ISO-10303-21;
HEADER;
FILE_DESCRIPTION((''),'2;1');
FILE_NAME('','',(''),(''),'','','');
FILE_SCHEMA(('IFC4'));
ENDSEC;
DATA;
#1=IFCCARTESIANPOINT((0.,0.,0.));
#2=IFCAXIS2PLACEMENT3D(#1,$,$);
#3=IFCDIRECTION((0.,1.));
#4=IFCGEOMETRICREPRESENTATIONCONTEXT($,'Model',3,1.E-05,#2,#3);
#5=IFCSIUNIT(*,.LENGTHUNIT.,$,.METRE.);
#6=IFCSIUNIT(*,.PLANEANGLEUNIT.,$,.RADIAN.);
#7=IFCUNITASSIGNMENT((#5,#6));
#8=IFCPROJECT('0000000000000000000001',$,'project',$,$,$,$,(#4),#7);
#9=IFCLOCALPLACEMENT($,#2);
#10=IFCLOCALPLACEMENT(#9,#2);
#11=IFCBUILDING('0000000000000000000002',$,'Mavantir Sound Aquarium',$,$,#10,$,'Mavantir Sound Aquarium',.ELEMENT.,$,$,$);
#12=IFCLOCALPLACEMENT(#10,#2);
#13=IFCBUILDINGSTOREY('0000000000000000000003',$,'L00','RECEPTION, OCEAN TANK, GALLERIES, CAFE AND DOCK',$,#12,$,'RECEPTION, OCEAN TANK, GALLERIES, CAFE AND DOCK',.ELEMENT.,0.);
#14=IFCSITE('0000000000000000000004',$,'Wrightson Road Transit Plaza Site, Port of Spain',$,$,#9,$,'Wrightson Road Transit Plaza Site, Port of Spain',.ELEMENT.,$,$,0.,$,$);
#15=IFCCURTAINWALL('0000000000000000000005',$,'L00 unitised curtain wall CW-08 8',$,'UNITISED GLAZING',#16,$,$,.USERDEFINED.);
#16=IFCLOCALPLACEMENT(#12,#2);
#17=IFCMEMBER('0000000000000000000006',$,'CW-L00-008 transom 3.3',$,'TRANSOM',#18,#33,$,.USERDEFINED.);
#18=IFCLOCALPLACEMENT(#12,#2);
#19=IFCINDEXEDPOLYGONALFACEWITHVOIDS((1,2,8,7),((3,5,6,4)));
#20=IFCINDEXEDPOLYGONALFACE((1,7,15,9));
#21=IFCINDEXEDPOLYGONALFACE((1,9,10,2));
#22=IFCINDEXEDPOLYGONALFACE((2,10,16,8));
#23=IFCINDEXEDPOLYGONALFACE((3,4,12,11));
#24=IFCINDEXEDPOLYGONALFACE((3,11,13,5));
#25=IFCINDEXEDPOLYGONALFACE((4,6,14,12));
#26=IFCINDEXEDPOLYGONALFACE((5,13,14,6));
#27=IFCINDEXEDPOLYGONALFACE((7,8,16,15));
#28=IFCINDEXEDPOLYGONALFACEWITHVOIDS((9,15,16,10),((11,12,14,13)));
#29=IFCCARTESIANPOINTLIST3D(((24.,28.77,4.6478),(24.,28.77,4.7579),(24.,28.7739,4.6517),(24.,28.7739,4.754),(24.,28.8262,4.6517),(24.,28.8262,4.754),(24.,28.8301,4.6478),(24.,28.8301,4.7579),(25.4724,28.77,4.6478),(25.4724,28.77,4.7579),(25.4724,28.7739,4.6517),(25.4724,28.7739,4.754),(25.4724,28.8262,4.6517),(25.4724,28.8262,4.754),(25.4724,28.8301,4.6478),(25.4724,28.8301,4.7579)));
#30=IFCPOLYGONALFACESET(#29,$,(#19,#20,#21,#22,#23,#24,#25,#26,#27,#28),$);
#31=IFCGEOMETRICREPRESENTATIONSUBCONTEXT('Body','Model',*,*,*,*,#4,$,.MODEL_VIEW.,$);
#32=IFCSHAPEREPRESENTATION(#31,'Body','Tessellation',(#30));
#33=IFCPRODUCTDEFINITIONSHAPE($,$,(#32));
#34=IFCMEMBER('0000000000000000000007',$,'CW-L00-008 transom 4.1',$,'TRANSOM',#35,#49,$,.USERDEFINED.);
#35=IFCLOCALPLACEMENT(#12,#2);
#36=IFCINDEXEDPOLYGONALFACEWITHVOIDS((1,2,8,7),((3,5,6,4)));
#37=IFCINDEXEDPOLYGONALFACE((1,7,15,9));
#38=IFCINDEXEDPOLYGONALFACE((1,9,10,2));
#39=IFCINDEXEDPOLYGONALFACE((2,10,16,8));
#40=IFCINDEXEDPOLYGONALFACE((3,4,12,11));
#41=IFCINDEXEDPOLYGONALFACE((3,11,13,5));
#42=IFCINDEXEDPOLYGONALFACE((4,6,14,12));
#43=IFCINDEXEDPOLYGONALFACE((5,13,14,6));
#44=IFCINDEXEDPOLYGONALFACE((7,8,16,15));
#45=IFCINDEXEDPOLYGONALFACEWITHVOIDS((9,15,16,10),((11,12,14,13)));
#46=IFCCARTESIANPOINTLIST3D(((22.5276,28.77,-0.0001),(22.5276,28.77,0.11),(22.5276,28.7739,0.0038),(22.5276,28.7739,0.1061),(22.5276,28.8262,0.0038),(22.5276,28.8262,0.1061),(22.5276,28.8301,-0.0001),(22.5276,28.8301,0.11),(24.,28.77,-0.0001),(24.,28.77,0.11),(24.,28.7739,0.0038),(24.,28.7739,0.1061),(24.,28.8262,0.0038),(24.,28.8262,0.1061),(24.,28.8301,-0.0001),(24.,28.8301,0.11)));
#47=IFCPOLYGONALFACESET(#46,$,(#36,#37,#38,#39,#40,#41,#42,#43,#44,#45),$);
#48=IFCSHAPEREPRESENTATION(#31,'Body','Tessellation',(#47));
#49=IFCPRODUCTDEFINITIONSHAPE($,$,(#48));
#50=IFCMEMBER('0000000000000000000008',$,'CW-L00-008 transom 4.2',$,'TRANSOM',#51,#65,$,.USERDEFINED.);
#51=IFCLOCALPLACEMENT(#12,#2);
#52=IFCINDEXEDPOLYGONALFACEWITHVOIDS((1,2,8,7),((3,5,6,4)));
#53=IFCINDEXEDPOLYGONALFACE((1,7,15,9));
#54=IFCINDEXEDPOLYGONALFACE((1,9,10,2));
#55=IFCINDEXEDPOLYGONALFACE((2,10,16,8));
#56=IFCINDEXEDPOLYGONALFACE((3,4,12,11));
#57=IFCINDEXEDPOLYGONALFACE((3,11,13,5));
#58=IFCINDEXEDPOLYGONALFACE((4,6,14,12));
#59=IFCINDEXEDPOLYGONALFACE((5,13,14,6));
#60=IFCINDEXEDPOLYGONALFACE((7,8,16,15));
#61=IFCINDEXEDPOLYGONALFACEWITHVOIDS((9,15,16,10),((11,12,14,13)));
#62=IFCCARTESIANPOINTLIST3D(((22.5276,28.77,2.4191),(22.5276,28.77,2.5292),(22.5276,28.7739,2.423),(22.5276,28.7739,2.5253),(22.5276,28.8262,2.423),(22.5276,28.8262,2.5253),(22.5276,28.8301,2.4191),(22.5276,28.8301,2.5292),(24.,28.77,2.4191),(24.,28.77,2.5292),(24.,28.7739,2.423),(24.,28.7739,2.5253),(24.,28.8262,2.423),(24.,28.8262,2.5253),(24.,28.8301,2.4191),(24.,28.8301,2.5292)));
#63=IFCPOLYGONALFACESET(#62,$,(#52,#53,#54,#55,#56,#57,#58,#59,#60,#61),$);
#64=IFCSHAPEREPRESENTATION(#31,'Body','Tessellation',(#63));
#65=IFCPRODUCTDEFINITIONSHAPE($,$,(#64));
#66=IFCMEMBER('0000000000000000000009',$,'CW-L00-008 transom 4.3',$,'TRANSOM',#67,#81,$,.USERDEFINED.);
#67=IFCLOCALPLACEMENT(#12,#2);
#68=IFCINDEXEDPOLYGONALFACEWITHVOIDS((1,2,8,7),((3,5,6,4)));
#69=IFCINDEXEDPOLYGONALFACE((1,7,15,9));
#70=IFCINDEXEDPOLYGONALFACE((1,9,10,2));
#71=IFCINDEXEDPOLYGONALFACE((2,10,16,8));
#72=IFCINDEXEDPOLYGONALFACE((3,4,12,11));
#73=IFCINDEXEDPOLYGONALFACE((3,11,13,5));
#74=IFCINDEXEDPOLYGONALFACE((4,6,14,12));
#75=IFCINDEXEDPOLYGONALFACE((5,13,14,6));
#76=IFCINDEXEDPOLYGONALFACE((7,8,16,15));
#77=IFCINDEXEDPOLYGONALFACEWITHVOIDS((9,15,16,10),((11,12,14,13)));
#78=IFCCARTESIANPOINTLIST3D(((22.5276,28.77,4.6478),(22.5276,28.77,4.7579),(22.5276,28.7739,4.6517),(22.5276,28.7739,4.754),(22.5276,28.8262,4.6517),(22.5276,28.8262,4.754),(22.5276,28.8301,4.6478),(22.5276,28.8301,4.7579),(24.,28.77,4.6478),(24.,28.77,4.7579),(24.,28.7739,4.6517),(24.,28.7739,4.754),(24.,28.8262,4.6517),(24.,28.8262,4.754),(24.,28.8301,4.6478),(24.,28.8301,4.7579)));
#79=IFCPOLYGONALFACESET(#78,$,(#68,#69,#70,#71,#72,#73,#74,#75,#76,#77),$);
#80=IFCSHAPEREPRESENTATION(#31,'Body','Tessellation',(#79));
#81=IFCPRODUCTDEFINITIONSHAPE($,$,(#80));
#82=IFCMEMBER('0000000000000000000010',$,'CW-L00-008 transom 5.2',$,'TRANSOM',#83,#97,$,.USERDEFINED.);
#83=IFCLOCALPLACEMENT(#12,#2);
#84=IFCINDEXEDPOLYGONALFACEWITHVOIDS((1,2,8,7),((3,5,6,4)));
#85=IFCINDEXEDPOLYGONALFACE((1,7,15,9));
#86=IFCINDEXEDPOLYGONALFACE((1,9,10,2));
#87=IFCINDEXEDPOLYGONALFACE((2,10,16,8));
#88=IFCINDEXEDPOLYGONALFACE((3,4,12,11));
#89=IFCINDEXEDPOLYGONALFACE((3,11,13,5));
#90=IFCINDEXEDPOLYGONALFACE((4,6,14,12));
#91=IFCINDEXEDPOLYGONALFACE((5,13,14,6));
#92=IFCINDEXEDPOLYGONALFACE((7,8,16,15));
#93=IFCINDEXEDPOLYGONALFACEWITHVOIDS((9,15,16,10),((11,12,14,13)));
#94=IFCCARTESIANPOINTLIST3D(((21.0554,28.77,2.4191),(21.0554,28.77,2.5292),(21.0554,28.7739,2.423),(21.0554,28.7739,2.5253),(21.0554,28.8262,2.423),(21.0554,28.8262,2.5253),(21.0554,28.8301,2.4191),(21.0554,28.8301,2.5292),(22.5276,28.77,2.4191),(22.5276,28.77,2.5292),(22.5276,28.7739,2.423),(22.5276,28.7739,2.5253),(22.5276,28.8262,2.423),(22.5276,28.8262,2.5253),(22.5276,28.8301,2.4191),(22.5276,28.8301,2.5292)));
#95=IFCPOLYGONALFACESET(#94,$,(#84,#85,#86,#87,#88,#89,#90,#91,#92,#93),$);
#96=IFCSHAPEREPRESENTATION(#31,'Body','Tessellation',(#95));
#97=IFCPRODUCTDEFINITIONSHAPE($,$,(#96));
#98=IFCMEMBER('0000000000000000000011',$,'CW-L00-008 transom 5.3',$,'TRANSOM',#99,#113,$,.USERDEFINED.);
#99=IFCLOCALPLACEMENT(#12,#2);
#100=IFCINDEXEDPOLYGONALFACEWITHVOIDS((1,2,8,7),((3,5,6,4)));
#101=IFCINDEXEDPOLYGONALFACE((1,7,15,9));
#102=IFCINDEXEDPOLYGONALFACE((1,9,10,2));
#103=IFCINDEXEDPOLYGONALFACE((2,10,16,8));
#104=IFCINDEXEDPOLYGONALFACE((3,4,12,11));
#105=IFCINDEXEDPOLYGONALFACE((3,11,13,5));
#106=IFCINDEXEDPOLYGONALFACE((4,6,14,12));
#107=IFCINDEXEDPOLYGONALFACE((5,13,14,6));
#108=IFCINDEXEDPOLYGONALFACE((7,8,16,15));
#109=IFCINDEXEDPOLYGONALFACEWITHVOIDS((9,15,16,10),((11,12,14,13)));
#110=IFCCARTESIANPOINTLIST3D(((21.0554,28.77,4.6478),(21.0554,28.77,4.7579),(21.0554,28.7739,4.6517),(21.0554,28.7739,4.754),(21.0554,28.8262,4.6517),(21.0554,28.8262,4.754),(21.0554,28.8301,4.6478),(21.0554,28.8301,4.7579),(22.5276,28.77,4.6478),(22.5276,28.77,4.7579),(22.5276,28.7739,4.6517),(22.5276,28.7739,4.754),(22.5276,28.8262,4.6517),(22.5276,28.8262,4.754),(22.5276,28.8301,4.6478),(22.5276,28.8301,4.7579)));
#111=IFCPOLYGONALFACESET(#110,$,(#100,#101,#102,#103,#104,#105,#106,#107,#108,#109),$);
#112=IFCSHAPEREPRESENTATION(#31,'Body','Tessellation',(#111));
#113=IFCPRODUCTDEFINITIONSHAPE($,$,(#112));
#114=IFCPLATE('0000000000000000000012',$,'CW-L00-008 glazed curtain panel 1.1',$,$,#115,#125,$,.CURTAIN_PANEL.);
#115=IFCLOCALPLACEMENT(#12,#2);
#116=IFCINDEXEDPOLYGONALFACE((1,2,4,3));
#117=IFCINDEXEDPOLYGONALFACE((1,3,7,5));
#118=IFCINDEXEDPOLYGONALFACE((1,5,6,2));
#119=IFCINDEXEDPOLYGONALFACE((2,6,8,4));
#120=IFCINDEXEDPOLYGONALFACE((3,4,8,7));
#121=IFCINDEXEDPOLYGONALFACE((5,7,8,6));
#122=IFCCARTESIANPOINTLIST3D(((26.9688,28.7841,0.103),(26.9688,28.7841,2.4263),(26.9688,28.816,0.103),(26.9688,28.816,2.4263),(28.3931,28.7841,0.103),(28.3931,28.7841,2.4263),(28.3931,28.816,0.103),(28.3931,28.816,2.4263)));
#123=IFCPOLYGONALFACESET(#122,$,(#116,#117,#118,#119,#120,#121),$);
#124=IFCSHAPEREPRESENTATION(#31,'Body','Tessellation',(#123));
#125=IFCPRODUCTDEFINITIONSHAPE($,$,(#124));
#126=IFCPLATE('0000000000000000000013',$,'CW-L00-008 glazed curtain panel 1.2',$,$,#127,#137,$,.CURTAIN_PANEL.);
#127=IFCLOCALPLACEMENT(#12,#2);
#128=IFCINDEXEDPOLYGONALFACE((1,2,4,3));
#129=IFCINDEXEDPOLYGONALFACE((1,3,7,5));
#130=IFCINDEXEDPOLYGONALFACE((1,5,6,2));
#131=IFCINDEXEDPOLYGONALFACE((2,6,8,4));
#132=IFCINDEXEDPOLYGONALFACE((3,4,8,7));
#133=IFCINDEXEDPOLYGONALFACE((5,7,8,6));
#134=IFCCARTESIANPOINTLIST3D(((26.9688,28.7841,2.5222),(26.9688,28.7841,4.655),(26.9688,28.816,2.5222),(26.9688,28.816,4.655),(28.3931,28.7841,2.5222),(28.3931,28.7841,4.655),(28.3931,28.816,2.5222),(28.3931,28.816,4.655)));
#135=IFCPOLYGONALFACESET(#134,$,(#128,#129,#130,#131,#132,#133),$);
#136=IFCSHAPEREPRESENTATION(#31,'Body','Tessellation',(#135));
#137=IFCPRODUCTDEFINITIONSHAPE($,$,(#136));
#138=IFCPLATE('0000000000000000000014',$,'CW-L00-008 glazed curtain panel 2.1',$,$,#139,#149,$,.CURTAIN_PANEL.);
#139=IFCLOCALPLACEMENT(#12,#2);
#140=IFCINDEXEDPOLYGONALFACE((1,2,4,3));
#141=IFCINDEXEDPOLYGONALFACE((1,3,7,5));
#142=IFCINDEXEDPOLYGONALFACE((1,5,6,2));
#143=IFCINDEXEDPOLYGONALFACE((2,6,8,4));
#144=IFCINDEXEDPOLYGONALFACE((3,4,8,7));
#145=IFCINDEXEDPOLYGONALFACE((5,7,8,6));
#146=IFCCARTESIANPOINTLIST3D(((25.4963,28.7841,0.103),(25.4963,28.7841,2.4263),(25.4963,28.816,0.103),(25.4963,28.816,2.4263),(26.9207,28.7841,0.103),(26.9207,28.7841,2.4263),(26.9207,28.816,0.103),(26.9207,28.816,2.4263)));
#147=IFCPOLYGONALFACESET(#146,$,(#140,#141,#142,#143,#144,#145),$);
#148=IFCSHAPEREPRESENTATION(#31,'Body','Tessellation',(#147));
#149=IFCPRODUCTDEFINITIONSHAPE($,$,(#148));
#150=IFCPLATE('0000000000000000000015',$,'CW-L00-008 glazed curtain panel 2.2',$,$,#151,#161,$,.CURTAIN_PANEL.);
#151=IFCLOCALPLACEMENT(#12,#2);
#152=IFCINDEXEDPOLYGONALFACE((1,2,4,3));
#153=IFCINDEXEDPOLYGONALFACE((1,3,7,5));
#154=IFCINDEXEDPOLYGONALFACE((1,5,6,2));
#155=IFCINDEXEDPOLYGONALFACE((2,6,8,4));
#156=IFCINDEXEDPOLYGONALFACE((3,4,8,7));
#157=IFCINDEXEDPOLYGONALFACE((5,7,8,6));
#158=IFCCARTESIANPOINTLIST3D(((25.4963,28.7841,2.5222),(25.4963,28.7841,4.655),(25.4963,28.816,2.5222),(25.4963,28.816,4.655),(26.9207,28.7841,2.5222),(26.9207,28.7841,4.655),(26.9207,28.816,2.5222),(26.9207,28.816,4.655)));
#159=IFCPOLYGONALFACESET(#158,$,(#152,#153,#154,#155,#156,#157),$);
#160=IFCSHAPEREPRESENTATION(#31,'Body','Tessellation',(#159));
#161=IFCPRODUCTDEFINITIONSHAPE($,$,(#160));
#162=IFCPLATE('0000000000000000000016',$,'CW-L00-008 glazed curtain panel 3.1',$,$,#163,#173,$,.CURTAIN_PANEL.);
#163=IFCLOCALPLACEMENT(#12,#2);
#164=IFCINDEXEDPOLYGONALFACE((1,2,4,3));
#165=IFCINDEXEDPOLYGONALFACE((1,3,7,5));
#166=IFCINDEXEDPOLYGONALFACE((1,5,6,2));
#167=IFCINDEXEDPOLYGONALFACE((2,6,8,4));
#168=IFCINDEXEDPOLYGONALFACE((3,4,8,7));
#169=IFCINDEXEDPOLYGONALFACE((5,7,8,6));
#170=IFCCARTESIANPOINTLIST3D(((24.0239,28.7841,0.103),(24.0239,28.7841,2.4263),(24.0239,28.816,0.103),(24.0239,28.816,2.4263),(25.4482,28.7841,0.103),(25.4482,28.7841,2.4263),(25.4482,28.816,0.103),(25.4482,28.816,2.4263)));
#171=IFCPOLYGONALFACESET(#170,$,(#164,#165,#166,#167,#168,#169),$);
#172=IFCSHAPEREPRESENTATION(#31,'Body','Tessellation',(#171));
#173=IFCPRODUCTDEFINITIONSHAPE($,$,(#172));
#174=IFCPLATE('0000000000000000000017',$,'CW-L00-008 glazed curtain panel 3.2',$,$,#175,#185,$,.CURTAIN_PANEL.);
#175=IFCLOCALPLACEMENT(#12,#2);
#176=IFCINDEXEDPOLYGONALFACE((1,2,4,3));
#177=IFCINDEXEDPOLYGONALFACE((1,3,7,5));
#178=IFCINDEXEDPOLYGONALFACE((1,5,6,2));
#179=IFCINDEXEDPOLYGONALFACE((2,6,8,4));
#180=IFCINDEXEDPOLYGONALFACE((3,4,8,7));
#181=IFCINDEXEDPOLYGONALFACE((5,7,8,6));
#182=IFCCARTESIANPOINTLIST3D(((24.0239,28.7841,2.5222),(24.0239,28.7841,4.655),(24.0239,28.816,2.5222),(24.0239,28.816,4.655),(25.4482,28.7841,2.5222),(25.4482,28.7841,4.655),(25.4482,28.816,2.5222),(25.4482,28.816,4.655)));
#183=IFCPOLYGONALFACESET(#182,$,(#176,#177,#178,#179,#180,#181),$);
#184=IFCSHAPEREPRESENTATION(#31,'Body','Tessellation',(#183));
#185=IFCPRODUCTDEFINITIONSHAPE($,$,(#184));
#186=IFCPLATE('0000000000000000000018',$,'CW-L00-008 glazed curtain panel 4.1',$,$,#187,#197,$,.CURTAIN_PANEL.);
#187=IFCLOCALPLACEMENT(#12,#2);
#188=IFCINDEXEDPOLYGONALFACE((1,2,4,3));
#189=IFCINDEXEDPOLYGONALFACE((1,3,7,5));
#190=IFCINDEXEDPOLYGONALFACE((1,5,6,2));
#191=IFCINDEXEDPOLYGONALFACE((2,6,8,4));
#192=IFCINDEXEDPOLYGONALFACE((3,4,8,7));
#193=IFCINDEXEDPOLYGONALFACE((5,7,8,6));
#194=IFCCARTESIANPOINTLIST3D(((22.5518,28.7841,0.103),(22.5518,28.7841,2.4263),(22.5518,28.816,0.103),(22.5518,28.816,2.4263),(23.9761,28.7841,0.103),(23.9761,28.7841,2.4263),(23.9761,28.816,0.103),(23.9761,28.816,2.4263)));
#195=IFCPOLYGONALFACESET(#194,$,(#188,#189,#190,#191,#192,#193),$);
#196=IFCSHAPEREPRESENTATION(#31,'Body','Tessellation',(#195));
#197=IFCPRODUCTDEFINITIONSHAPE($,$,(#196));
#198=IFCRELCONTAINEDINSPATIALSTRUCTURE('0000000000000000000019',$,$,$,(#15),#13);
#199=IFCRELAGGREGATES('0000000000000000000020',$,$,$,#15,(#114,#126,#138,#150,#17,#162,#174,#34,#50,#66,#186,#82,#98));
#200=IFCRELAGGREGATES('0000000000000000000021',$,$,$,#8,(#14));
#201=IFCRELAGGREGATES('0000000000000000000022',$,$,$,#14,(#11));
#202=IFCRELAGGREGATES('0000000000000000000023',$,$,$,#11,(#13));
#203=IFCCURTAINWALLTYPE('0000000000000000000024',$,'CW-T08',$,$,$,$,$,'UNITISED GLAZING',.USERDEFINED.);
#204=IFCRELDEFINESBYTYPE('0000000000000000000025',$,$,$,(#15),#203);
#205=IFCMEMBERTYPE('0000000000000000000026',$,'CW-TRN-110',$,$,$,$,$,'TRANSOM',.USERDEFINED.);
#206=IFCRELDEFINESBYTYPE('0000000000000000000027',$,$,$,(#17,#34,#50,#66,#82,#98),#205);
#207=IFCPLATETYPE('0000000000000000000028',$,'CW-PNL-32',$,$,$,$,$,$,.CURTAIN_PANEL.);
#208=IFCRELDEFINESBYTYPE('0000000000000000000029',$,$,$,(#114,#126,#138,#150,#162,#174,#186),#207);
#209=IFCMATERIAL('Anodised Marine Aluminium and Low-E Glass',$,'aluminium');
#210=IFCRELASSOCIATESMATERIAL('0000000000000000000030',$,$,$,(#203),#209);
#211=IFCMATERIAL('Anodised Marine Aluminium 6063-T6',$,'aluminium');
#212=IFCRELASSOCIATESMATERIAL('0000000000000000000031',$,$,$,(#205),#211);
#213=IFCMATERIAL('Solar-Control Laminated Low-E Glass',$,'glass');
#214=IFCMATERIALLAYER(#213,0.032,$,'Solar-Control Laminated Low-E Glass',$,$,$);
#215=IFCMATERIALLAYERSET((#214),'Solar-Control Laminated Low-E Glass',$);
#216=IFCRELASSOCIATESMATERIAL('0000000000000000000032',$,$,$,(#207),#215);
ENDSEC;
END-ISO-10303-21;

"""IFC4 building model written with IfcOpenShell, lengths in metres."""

from ifc_helpers import new_model, si_unit, direction, frame, origin, origin_2d, place, context, subcontext, project, spatial, rectangle, hollow_rectangle, extrude, material, layer, layer_set, material_profile, profile_set, type_object, element, aggregate, save


model = new_model("IFC4")

# Units and contexts
model_context = context("Model", 3, precision=1e-05, world=origin(), true_north=direction((0.0, 1.0)))
body_context = subcontext(model_context, "Body", "Model", "MODEL_VIEW")
ifc_project = project(units=[si_unit("LENGTHUNIT", "METRE"), si_unit("PLANEANGLEUNIT", "RADIAN")], contexts=[model_context])

# Site, building, storey
site_placement = place(None, origin())
site = spatial("IfcSite", under=ifc_project, at=site_placement, Name="Wrightson Road Transit Plaza Site, Port of Spain", LongName="Wrightson Road Transit Plaza Site, Port of Spain", CompositionType="ELEMENT", RefElevation=0.0)
building_placement = place(site_placement, origin())
building = spatial("IfcBuilding", under=site, at=building_placement, Name="Mavantir Sound Aquarium", LongName="Mavantir Sound Aquarium", CompositionType="ELEMENT")
storey_placement = place(building_placement, origin())
storey = spatial("IfcBuildingStorey", under=building, at=storey_placement, Name="L00", Description="RECEPTION, OCEAN TANK, GALLERIES, CAFE AND DOCK", LongName="RECEPTION, OCEAN TANK, GALLERIES, CAFE AND DOCK", CompositionType="ELEMENT", Elevation=0.0)

# Curtain wall, members, plates
ifc_material_1 = material(Name="Anodised Marine Aluminium and Low-E Glass", Category="aluminium")
curtain_wall_type = type_object("IfcCurtainWallType", Name="CW-T08", ElementType="UNITISED GLAZING", PredefinedType="USERDEFINED", material=ifc_material_1)
curtain_wall_placement = place(storey_placement, origin())
curtain_wall = element("IfcCurtainWall", 1, at=curtain_wall_placement, inside=storey, type_object=curtain_wall_type, Name="L00 unitised curtain wall CW-08 8", ObjectType="UNITISED GLAZING", PredefinedType="USERDEFINED")
ifc_material_2 = material(Name="Anodised Marine Aluminium 6063-T6", Category="aluminium")
ifc_material_profile_1 = material_profile(ifc_material_2, hollow_rectangle(XDim=0.0601, YDim=0.1101, WallThickness=0.0039, at=origin_2d()), Name="ALU-TRANSOM-110X60")
ifc_profile_set_1 = profile_set([ifc_material_profile_1], Name="Anodised Marine Aluminium 6063-T6")
member_type_1 = type_object("IfcMemberType", Name="CW-TRN-110", ElementType="TRANSOM", PredefinedType="USERDEFINED", material=ifc_profile_set_1)
member_1_placement = place(storey_placement, frame((25.4724, 28.8, 4.7029), z_axis=(-1.0, 0.0, 0.0), x_axis=(0.0, -1.0, 0.0)))
member_1 = element("IfcMember", 2, at=member_1_placement, type_object=member_type_1, Name="CW-L00-008 transom 3.3", ObjectType="TRANSOM", PredefinedType="USERDEFINED", context=body_context, shape_type="SweptSolid", body=[
    extrude(hollow_rectangle(XDim=0.0601, YDim=0.1101, WallThickness=0.0039, at=origin_2d()), origin(), (0.0, 0.0, 1.0), 1.4724),
])
member_2_placement = place(storey_placement, frame((24.0, 28.8, 0.0549), z_axis=(-1.0, 0.0, 0.0), x_axis=(0.0, -1.0, 0.0)))
member_2 = element("IfcMember", 3, at=member_2_placement, type_object=member_type_1, Name="CW-L00-008 transom 4.1", ObjectType="TRANSOM", PredefinedType="USERDEFINED", context=body_context, shape_type="SweptSolid", body=[
    extrude(hollow_rectangle(XDim=0.0601, YDim=0.1101, WallThickness=0.0039, at=origin_2d()), origin(), (0.0, 0.0, 1.0), 1.4724),
])
member_3_placement = place(storey_placement, frame((24.0, 28.8, 2.4741), z_axis=(-1.0, 0.0, 0.0), x_axis=(0.0, -1.0, 0.0)))
member_3 = element("IfcMember", 4, at=member_3_placement, type_object=member_type_1, Name="CW-L00-008 transom 4.2", ObjectType="TRANSOM", PredefinedType="USERDEFINED", context=body_context, shape_type="SweptSolid", body=[
    extrude(hollow_rectangle(XDim=0.0601, YDim=0.1101, WallThickness=0.0039, at=origin_2d()), origin(), (0.0, 0.0, 1.0), 1.4724),
])
member_4_placement = place(storey_placement, frame((24.0, 28.8, 4.7029), z_axis=(-1.0, 0.0, 0.0), x_axis=(0.0, -1.0, 0.0)))
member_4 = element("IfcMember", 5, at=member_4_placement, type_object=member_type_1, Name="CW-L00-008 transom 4.3", ObjectType="TRANSOM", PredefinedType="USERDEFINED", context=body_context, shape_type="SweptSolid", body=[
    extrude(hollow_rectangle(XDim=0.0601, YDim=0.1101, WallThickness=0.0039, at=origin_2d()), origin(), (0.0, 0.0, 1.0), 1.4724),
])
member_5_placement = place(storey_placement, frame((22.5276, 28.8, 2.4741), z_axis=(-1.0, 0.0, 0.0), x_axis=(0.0, -1.0, 0.0)))
member_5 = element("IfcMember", 6, at=member_5_placement, type_object=member_type_1, Name="CW-L00-008 transom 5.2", ObjectType="TRANSOM", PredefinedType="USERDEFINED", context=body_context, shape_type="SweptSolid", body=[
    extrude(hollow_rectangle(XDim=0.0601, YDim=0.1101, WallThickness=0.0039, at=origin_2d()), origin(), (0.0, 0.0, 1.0), 1.4722),
])
member_6_placement = place(storey_placement, frame((22.5276, 28.8, 4.7029), z_axis=(-1.0, 0.0, 0.0), x_axis=(0.0, -1.0, 0.0)))
member_6 = element("IfcMember", 7, at=member_6_placement, type_object=member_type_1, Name="CW-L00-008 transom 5.3", ObjectType="TRANSOM", PredefinedType="USERDEFINED", context=body_context, shape_type="SweptSolid", body=[
    extrude(hollow_rectangle(XDim=0.0601, YDim=0.1101, WallThickness=0.0039, at=origin_2d()), origin(), (0.0, 0.0, 1.0), 1.4722),
])
ifc_material_3 = material(Name="Solar-Control Laminated Low-E Glass", Category="glass")
ifc_layer = layer(ifc_material_3, 0.032, Name="Solar-Control Laminated Low-E Glass")
ifc_layer_set = layer_set([ifc_layer], Name="Solar-Control Laminated Low-E Glass")
plate_type = type_object("IfcPlateType", Name="CW-PNL-32", PredefinedType="CURTAIN_PANEL", material=ifc_layer_set)
plate_1_placement = place(storey_placement, frame((27.6809, 28.8, 0.103), z_axis=(0.0, 0.0, 1.0), x_axis=(-1.0, 0.0, 0.0)))
plate_1 = element("IfcPlate", 8, at=plate_1_placement, type_object=plate_type, Name="CW-L00-008 glazed curtain panel 1.1", PredefinedType="CURTAIN_PANEL", context=body_context, shape_type="SweptSolid", body=[
    extrude(rectangle(XDim=1.4243, YDim=0.032, at=origin_2d()), origin(), (0.0, 0.0, 1.0), 2.3232),
])
plate_2_placement = place(storey_placement, frame((27.6809, 28.8, 2.5222), z_axis=(0.0, 0.0, 1.0), x_axis=(-1.0, 0.0, 0.0)))
plate_2 = element("IfcPlate", 9, at=plate_2_placement, type_object=plate_type, Name="CW-L00-008 glazed curtain panel 1.2", PredefinedType="CURTAIN_PANEL", context=body_context, shape_type="SweptSolid", body=[
    extrude(rectangle(XDim=1.4243, YDim=0.032, at=origin_2d()), origin(), (0.0, 0.0, 1.0), 2.1328),
])
plate_3_placement = place(storey_placement, frame((26.2085, 28.8, 0.103), z_axis=(0.0, 0.0, 1.0), x_axis=(-1.0, 0.0, 0.0)))
plate_3 = element("IfcPlate", 10, at=plate_3_placement, type_object=plate_type, Name="CW-L00-008 glazed curtain panel 2.1", PredefinedType="CURTAIN_PANEL", context=body_context, shape_type="SweptSolid", body=[
    extrude(rectangle(XDim=1.4243, YDim=0.032, at=origin_2d()), origin(), (0.0, 0.0, 1.0), 2.3232),
])
plate_4_placement = place(storey_placement, frame((26.2085, 28.8, 2.5222), z_axis=(0.0, 0.0, 1.0), x_axis=(-1.0, 0.0, 0.0)))
plate_4 = element("IfcPlate", 11, at=plate_4_placement, type_object=plate_type, Name="CW-L00-008 glazed curtain panel 2.2", PredefinedType="CURTAIN_PANEL", context=body_context, shape_type="SweptSolid", body=[
    extrude(rectangle(XDim=1.4243, YDim=0.032, at=origin_2d()), origin(), (0.0, 0.0, 1.0), 2.1328),
])
plate_5_placement = place(storey_placement, frame((24.7361, 28.8, 0.103), z_axis=(0.0, 0.0, 1.0), x_axis=(-1.0, 0.0, 0.0)))
plate_5 = element("IfcPlate", 12, at=plate_5_placement, type_object=plate_type, Name="CW-L00-008 glazed curtain panel 3.1", PredefinedType="CURTAIN_PANEL", context=body_context, shape_type="SweptSolid", body=[
    extrude(rectangle(XDim=1.4243, YDim=0.032, at=origin_2d()), origin(), (0.0, 0.0, 1.0), 2.3232),
])
plate_6_placement = place(storey_placement, frame((24.7361, 28.8, 2.5222), z_axis=(0.0, 0.0, 1.0), x_axis=(-1.0, 0.0, 0.0)))
plate_6 = element("IfcPlate", 13, at=plate_6_placement, type_object=plate_type, Name="CW-L00-008 glazed curtain panel 3.2", PredefinedType="CURTAIN_PANEL", context=body_context, shape_type="SweptSolid", body=[
    extrude(rectangle(XDim=1.4243, YDim=0.032, at=origin_2d()), origin(), (0.0, 0.0, 1.0), 2.1328),
])
plate_7_placement = place(storey_placement, frame((23.2639, 28.8, 0.103), z_axis=(0.0, 0.0, 1.0), x_axis=(-1.0, 0.0, 0.0)))
plate_7 = element("IfcPlate", 14, at=plate_7_placement, type_object=plate_type, Name="CW-L00-008 glazed curtain panel 4.1", PredefinedType="CURTAIN_PANEL", context=body_context, shape_type="SweptSolid", body=[
    extrude(rectangle(XDim=1.4243, YDim=0.032, at=origin_2d()), origin(), (0.0, 0.0, 1.0), 2.3232),
])
aggregate(curtain_wall, [plate_1, plate_2, plate_3, plate_4, member_1, plate_5, plate_6, member_2, member_3, member_4, plate_7, member_5, member_6])

save(model, "model.ifc")
